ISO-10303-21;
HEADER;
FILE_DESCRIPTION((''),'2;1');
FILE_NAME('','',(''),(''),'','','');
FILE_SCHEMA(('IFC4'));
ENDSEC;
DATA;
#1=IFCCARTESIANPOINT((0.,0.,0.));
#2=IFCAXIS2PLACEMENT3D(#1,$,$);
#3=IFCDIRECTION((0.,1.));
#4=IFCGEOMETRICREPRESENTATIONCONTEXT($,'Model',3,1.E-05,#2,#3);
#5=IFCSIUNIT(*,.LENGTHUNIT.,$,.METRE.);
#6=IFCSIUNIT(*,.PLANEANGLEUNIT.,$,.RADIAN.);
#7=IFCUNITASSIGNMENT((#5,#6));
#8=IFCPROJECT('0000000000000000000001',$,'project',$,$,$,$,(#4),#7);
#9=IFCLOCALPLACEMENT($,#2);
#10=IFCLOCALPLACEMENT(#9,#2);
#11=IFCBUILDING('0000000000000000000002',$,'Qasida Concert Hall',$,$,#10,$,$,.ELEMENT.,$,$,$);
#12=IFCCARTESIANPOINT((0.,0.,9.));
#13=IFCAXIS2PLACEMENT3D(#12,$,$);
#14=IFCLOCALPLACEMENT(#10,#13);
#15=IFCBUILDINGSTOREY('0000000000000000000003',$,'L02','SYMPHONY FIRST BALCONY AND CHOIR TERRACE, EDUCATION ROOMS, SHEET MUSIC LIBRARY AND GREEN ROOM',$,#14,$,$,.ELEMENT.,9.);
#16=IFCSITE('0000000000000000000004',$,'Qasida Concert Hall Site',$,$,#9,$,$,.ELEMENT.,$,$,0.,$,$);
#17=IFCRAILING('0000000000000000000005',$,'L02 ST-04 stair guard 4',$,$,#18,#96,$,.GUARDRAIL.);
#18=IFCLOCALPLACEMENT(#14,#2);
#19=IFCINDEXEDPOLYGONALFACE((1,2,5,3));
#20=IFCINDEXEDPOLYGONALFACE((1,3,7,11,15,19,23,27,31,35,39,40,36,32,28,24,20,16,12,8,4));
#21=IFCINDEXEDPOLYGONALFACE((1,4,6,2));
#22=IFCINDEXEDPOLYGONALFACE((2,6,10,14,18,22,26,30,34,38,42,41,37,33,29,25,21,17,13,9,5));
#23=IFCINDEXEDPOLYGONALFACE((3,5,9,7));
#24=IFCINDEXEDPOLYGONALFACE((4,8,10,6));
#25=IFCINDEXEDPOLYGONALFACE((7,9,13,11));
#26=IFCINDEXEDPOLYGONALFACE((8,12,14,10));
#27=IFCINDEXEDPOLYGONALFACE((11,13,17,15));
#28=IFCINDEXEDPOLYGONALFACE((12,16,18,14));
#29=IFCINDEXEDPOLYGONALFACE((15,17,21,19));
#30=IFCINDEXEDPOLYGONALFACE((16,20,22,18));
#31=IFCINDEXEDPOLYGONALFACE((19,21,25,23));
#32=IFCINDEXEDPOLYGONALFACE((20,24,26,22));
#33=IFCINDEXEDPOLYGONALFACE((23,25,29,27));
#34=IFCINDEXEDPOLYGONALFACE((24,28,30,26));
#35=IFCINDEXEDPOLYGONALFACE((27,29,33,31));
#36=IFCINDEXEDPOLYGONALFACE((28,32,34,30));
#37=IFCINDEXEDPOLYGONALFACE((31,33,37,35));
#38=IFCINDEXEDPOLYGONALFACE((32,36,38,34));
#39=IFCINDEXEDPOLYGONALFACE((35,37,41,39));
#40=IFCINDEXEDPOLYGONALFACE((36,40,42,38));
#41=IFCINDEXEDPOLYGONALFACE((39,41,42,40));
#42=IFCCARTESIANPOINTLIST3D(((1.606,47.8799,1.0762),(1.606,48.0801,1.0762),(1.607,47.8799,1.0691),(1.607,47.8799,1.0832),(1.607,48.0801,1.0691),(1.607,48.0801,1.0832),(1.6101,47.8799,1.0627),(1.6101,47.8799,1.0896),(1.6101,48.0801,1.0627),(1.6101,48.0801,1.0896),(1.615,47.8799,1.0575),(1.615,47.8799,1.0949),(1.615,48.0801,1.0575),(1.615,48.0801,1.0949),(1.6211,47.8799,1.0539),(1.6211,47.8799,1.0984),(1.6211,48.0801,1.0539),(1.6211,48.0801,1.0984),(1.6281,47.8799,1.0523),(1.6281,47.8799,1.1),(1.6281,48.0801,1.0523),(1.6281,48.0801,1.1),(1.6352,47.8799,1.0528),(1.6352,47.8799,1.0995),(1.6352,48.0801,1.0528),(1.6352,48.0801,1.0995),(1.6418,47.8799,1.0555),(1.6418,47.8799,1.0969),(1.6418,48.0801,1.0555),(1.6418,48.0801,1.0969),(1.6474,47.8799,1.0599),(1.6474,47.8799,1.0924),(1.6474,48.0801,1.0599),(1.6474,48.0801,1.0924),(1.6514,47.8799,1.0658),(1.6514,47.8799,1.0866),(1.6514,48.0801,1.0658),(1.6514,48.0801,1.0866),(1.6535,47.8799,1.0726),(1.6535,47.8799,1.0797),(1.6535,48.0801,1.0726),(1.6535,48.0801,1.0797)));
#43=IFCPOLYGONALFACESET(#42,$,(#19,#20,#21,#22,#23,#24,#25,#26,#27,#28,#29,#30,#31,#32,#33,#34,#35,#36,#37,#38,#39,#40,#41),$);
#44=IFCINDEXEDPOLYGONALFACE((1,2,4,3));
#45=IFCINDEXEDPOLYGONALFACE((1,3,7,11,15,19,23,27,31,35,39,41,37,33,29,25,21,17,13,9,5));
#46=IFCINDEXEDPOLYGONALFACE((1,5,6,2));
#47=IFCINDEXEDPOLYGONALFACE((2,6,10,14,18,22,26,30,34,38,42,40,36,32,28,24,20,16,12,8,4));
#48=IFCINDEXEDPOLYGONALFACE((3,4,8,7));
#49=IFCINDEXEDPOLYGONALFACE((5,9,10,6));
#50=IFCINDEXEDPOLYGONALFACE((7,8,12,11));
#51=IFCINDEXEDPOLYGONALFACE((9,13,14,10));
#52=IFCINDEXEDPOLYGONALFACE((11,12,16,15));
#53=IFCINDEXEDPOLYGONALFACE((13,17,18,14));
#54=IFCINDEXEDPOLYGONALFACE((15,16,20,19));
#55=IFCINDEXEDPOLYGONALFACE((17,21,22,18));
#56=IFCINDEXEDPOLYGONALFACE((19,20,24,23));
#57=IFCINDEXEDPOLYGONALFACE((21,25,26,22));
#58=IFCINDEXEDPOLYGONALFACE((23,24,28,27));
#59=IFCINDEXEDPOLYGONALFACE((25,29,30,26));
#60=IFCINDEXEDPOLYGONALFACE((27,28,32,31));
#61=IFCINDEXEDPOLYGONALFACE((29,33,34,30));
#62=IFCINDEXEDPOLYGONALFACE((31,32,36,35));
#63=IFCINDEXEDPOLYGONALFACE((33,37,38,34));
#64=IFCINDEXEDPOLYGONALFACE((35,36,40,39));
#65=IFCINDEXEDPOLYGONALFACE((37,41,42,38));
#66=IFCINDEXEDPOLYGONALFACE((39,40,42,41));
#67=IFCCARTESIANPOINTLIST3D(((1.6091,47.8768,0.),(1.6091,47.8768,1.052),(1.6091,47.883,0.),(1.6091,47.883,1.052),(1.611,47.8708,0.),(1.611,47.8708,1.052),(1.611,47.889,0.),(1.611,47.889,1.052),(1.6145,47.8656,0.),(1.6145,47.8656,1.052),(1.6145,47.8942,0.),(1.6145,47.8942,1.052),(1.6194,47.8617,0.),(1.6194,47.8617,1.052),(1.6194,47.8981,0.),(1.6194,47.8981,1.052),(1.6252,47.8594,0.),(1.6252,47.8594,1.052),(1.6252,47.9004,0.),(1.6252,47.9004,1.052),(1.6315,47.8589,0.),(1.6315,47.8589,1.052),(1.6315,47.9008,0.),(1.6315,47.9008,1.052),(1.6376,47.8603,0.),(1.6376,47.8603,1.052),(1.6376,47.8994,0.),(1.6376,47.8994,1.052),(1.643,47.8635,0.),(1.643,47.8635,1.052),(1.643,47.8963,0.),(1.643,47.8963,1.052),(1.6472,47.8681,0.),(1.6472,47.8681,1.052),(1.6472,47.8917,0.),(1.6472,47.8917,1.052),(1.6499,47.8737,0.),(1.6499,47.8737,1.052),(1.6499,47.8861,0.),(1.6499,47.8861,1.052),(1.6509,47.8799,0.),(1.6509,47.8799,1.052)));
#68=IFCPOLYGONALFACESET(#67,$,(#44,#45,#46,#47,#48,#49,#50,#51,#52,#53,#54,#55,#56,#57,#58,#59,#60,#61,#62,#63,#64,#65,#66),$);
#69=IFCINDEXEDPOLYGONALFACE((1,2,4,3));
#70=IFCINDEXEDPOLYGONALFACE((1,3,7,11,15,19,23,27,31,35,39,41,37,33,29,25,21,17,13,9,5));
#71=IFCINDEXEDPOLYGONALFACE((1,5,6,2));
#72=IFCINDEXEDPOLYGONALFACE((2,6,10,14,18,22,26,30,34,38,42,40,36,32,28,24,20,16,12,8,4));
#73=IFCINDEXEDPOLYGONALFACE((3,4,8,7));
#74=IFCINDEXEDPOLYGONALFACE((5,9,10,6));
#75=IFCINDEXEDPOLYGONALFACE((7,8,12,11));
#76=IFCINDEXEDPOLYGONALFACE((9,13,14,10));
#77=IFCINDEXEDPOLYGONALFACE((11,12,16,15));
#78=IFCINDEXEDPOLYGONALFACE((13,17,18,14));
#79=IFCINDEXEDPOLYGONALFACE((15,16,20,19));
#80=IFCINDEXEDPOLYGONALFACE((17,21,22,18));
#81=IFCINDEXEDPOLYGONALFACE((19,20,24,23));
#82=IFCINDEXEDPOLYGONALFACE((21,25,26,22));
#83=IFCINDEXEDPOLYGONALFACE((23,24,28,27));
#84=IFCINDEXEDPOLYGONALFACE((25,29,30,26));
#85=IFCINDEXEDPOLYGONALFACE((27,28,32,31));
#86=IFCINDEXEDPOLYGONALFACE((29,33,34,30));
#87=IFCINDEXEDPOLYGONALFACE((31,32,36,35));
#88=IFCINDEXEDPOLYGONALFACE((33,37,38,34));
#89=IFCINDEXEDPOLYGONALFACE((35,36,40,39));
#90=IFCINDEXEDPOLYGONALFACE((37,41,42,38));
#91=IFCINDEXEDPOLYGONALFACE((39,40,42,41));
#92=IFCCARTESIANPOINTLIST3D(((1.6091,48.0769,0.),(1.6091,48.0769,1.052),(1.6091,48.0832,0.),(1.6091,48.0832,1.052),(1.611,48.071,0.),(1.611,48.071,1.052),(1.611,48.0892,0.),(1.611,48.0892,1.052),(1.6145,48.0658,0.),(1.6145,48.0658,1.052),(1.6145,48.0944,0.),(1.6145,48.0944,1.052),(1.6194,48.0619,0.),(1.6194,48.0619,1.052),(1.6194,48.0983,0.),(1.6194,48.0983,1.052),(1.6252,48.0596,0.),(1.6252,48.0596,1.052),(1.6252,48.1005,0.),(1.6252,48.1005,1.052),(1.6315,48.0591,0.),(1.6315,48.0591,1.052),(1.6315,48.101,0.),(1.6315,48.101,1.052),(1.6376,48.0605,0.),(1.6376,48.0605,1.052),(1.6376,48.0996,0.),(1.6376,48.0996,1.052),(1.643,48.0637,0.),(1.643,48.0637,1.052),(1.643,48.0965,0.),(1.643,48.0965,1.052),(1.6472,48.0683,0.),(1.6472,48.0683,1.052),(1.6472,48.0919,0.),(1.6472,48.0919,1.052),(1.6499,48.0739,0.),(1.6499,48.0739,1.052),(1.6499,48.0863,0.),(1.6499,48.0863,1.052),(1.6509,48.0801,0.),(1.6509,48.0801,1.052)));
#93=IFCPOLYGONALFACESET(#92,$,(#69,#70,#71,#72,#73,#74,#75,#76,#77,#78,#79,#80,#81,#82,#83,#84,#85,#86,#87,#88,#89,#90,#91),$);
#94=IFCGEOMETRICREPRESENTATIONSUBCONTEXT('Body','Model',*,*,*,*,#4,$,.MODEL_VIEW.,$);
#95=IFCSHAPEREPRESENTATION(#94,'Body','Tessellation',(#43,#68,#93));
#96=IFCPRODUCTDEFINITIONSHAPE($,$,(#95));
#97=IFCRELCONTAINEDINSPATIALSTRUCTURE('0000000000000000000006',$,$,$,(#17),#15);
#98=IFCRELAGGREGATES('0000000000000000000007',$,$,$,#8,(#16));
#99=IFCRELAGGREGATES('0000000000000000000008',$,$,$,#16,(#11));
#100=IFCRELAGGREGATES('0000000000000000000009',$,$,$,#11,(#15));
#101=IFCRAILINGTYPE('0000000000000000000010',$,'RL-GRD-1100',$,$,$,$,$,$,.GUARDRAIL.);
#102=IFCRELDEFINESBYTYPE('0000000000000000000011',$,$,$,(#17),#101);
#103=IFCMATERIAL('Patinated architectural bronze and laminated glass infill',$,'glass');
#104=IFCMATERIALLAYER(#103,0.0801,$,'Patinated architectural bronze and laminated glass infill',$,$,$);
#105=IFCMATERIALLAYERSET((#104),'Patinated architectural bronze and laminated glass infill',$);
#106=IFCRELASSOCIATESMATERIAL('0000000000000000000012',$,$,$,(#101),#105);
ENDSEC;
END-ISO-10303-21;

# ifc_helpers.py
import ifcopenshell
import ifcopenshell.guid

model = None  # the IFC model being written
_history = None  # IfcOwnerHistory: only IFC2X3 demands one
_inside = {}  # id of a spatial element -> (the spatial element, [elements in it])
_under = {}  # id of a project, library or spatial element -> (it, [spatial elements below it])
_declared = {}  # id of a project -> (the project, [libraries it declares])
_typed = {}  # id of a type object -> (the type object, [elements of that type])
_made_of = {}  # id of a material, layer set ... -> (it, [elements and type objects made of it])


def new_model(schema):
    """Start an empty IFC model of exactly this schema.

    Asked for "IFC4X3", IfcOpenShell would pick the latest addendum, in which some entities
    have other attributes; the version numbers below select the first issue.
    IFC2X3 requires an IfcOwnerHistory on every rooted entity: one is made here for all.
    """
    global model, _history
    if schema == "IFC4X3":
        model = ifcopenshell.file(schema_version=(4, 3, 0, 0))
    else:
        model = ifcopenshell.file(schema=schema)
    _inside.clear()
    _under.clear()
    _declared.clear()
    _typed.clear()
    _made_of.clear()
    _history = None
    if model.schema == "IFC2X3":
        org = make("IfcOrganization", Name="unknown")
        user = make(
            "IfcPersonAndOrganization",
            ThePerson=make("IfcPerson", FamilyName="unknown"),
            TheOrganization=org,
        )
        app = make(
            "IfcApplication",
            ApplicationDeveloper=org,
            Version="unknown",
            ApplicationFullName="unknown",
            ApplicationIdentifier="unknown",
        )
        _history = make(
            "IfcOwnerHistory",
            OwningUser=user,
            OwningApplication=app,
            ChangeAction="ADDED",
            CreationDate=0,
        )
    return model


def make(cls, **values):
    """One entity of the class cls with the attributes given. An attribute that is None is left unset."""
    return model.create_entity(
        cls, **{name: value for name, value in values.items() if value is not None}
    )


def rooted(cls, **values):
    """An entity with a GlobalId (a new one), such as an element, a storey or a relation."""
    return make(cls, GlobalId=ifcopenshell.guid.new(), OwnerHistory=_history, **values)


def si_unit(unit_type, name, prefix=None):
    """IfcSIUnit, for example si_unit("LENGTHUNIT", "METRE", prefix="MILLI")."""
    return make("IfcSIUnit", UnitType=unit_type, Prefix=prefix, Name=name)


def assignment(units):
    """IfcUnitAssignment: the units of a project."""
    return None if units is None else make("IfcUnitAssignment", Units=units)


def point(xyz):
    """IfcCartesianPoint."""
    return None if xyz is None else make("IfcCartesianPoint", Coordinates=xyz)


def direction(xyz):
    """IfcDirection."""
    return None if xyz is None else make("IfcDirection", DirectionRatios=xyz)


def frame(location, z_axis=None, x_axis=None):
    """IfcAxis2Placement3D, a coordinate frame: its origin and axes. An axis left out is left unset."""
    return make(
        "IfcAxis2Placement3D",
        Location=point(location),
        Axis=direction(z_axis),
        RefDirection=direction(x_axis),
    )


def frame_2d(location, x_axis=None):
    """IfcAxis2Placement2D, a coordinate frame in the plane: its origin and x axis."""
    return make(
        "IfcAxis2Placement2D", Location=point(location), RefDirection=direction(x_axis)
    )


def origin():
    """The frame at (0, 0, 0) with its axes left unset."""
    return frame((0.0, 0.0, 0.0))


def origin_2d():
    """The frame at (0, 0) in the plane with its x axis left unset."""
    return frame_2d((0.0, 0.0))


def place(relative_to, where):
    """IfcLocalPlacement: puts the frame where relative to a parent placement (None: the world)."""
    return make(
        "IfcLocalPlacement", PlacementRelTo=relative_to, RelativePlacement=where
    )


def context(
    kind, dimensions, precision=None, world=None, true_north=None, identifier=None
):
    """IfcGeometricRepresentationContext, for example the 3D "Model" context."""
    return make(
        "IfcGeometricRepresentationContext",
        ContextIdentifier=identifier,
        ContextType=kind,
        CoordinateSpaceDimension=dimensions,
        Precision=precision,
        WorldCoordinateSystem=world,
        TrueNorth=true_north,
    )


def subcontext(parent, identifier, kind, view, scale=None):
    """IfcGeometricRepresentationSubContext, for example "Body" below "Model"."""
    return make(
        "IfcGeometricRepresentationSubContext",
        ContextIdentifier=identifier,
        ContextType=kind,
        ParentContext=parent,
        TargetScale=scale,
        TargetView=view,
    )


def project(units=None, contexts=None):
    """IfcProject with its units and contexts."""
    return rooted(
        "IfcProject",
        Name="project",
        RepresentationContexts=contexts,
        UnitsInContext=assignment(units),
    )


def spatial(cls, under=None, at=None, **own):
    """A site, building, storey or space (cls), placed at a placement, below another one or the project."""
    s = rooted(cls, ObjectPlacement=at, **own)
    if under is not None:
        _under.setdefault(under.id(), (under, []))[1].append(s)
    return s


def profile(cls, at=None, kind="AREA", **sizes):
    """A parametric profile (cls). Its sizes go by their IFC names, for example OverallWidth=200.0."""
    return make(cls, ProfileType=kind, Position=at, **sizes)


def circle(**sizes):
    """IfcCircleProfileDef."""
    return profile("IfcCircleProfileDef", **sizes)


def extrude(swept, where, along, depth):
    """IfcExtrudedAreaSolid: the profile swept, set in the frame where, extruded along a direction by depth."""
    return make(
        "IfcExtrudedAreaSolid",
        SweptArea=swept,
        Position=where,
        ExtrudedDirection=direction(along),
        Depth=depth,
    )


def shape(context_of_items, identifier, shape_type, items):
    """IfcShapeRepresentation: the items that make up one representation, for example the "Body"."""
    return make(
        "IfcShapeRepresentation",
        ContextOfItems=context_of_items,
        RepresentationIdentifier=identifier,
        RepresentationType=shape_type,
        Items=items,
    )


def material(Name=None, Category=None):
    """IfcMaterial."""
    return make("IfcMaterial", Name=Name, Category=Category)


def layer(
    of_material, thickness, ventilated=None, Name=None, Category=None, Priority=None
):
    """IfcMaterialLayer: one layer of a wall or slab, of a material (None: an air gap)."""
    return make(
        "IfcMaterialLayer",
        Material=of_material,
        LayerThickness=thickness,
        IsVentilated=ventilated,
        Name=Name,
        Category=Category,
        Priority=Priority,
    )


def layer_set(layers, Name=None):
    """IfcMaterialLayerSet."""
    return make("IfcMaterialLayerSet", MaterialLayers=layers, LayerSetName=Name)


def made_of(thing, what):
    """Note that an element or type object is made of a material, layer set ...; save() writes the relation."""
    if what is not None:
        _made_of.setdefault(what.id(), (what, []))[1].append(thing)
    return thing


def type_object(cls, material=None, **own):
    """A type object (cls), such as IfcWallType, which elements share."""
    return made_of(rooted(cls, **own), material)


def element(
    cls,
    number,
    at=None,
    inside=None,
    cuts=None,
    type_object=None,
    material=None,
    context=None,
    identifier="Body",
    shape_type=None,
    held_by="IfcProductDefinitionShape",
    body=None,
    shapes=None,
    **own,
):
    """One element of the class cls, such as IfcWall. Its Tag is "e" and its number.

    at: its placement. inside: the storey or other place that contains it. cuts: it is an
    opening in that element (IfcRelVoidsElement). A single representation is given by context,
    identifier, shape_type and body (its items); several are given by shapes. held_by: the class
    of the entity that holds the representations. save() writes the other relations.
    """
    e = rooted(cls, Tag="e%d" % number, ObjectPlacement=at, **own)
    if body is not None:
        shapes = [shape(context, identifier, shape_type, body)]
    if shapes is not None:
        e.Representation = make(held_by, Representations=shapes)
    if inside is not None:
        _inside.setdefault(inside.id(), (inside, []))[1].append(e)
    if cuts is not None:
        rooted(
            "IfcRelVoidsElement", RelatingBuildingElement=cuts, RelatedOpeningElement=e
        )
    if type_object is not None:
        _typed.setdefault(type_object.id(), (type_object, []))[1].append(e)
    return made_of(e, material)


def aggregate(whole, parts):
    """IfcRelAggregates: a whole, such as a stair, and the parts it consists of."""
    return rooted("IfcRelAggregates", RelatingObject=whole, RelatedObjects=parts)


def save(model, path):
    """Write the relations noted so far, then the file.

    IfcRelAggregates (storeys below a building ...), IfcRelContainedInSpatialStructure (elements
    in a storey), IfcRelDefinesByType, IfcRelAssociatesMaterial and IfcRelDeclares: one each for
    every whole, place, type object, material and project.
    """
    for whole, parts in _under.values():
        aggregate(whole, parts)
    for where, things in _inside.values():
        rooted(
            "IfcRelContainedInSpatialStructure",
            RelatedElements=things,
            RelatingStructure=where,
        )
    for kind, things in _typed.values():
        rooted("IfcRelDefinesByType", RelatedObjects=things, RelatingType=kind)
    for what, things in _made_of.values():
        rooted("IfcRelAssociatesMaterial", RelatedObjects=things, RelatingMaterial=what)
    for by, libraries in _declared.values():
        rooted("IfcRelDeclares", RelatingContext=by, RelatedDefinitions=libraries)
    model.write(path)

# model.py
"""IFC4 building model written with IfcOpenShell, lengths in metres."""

from ifc_helpers import new_model, si_unit, direction, frame, origin, origin_2d, place, context, subcontext, project, spatial, circle, extrude, material, layer, layer_set, type_object, element, save


model = new_model("IFC4")

# Units and contexts
model_context = context("Model", 3, precision=1e-05, world=origin(), true_north=direction((0.0, 1.0)))
body_context = subcontext(model_context, "Body", "Model", "MODEL_VIEW")
ifc_project = project(units=[si_unit("LENGTHUNIT", "METRE"), si_unit("PLANEANGLEUNIT", "RADIAN")], contexts=[model_context])

# Site, building, storey
site_placement = place(None, origin())
site = spatial("IfcSite", under=ifc_project, at=site_placement, Name="Qasida Concert Hall Site", CompositionType="ELEMENT", RefElevation=0.0)
building_placement = place(site_placement, origin())
building = spatial("IfcBuilding", under=site, at=building_placement, Name="Qasida Concert Hall", CompositionType="ELEMENT")
storey_placement = place(building_placement, frame((0.0, 0.0, 9.0)))
storey = spatial("IfcBuildingStorey", under=building, at=storey_placement, Name="L02", Description="SYMPHONY FIRST BALCONY AND CHOIR TERRACE, EDUCATION ROOMS, SHEET MUSIC LIBRARY AND GREEN ROOM", CompositionType="ELEMENT", Elevation=9.0)

# Railing
ifc_material_1 = material(Name="Patinated architectural bronze and laminated glass infill", Category="glass")
ifc_layer_1 = layer(ifc_material_1, 0.0801, Name="Patinated architectural bronze and laminated glass infill")
ifc_layer_set_1 = layer_set([ifc_layer_1], Name="Patinated architectural bronze and laminated glass infill")
railing_type_1 = type_object("IfcRailingType", Name="RL-GRD-1100", PredefinedType="GUARDRAIL", material=ifc_layer_set_1)
railing_1_placement = place(storey_placement, frame((1.6299, 47.8799, 0.0)))
element("IfcRailing", 1, at=railing_1_placement, inside=storey, type_object=railing_type_1, Name="L02 ST-04 stair guard 4", PredefinedType="GUARDRAIL", context=body_context, shape_type="SweptSolid", body=[
    extrude(circle(Radius=0.0239, at=origin_2d()), frame((0.0, 0.0, 1.0762), z_axis=(0.0, 1.0, 0.0), x_axis=(-1.0, 0.0, 0.0)), (0.0, 0.0, 1.0), 0.2002),
    extrude(circle(Radius=0.021, at=origin_2d()), origin(), (0.0, 0.0, 1.0), 1.052),
    extrude(circle(Radius=0.021, at=origin_2d()), frame((0.0, 0.2002, 0.0)), (0.0, 0.0, 1.0), 1.052),
])

save(model, "model.ifc")
